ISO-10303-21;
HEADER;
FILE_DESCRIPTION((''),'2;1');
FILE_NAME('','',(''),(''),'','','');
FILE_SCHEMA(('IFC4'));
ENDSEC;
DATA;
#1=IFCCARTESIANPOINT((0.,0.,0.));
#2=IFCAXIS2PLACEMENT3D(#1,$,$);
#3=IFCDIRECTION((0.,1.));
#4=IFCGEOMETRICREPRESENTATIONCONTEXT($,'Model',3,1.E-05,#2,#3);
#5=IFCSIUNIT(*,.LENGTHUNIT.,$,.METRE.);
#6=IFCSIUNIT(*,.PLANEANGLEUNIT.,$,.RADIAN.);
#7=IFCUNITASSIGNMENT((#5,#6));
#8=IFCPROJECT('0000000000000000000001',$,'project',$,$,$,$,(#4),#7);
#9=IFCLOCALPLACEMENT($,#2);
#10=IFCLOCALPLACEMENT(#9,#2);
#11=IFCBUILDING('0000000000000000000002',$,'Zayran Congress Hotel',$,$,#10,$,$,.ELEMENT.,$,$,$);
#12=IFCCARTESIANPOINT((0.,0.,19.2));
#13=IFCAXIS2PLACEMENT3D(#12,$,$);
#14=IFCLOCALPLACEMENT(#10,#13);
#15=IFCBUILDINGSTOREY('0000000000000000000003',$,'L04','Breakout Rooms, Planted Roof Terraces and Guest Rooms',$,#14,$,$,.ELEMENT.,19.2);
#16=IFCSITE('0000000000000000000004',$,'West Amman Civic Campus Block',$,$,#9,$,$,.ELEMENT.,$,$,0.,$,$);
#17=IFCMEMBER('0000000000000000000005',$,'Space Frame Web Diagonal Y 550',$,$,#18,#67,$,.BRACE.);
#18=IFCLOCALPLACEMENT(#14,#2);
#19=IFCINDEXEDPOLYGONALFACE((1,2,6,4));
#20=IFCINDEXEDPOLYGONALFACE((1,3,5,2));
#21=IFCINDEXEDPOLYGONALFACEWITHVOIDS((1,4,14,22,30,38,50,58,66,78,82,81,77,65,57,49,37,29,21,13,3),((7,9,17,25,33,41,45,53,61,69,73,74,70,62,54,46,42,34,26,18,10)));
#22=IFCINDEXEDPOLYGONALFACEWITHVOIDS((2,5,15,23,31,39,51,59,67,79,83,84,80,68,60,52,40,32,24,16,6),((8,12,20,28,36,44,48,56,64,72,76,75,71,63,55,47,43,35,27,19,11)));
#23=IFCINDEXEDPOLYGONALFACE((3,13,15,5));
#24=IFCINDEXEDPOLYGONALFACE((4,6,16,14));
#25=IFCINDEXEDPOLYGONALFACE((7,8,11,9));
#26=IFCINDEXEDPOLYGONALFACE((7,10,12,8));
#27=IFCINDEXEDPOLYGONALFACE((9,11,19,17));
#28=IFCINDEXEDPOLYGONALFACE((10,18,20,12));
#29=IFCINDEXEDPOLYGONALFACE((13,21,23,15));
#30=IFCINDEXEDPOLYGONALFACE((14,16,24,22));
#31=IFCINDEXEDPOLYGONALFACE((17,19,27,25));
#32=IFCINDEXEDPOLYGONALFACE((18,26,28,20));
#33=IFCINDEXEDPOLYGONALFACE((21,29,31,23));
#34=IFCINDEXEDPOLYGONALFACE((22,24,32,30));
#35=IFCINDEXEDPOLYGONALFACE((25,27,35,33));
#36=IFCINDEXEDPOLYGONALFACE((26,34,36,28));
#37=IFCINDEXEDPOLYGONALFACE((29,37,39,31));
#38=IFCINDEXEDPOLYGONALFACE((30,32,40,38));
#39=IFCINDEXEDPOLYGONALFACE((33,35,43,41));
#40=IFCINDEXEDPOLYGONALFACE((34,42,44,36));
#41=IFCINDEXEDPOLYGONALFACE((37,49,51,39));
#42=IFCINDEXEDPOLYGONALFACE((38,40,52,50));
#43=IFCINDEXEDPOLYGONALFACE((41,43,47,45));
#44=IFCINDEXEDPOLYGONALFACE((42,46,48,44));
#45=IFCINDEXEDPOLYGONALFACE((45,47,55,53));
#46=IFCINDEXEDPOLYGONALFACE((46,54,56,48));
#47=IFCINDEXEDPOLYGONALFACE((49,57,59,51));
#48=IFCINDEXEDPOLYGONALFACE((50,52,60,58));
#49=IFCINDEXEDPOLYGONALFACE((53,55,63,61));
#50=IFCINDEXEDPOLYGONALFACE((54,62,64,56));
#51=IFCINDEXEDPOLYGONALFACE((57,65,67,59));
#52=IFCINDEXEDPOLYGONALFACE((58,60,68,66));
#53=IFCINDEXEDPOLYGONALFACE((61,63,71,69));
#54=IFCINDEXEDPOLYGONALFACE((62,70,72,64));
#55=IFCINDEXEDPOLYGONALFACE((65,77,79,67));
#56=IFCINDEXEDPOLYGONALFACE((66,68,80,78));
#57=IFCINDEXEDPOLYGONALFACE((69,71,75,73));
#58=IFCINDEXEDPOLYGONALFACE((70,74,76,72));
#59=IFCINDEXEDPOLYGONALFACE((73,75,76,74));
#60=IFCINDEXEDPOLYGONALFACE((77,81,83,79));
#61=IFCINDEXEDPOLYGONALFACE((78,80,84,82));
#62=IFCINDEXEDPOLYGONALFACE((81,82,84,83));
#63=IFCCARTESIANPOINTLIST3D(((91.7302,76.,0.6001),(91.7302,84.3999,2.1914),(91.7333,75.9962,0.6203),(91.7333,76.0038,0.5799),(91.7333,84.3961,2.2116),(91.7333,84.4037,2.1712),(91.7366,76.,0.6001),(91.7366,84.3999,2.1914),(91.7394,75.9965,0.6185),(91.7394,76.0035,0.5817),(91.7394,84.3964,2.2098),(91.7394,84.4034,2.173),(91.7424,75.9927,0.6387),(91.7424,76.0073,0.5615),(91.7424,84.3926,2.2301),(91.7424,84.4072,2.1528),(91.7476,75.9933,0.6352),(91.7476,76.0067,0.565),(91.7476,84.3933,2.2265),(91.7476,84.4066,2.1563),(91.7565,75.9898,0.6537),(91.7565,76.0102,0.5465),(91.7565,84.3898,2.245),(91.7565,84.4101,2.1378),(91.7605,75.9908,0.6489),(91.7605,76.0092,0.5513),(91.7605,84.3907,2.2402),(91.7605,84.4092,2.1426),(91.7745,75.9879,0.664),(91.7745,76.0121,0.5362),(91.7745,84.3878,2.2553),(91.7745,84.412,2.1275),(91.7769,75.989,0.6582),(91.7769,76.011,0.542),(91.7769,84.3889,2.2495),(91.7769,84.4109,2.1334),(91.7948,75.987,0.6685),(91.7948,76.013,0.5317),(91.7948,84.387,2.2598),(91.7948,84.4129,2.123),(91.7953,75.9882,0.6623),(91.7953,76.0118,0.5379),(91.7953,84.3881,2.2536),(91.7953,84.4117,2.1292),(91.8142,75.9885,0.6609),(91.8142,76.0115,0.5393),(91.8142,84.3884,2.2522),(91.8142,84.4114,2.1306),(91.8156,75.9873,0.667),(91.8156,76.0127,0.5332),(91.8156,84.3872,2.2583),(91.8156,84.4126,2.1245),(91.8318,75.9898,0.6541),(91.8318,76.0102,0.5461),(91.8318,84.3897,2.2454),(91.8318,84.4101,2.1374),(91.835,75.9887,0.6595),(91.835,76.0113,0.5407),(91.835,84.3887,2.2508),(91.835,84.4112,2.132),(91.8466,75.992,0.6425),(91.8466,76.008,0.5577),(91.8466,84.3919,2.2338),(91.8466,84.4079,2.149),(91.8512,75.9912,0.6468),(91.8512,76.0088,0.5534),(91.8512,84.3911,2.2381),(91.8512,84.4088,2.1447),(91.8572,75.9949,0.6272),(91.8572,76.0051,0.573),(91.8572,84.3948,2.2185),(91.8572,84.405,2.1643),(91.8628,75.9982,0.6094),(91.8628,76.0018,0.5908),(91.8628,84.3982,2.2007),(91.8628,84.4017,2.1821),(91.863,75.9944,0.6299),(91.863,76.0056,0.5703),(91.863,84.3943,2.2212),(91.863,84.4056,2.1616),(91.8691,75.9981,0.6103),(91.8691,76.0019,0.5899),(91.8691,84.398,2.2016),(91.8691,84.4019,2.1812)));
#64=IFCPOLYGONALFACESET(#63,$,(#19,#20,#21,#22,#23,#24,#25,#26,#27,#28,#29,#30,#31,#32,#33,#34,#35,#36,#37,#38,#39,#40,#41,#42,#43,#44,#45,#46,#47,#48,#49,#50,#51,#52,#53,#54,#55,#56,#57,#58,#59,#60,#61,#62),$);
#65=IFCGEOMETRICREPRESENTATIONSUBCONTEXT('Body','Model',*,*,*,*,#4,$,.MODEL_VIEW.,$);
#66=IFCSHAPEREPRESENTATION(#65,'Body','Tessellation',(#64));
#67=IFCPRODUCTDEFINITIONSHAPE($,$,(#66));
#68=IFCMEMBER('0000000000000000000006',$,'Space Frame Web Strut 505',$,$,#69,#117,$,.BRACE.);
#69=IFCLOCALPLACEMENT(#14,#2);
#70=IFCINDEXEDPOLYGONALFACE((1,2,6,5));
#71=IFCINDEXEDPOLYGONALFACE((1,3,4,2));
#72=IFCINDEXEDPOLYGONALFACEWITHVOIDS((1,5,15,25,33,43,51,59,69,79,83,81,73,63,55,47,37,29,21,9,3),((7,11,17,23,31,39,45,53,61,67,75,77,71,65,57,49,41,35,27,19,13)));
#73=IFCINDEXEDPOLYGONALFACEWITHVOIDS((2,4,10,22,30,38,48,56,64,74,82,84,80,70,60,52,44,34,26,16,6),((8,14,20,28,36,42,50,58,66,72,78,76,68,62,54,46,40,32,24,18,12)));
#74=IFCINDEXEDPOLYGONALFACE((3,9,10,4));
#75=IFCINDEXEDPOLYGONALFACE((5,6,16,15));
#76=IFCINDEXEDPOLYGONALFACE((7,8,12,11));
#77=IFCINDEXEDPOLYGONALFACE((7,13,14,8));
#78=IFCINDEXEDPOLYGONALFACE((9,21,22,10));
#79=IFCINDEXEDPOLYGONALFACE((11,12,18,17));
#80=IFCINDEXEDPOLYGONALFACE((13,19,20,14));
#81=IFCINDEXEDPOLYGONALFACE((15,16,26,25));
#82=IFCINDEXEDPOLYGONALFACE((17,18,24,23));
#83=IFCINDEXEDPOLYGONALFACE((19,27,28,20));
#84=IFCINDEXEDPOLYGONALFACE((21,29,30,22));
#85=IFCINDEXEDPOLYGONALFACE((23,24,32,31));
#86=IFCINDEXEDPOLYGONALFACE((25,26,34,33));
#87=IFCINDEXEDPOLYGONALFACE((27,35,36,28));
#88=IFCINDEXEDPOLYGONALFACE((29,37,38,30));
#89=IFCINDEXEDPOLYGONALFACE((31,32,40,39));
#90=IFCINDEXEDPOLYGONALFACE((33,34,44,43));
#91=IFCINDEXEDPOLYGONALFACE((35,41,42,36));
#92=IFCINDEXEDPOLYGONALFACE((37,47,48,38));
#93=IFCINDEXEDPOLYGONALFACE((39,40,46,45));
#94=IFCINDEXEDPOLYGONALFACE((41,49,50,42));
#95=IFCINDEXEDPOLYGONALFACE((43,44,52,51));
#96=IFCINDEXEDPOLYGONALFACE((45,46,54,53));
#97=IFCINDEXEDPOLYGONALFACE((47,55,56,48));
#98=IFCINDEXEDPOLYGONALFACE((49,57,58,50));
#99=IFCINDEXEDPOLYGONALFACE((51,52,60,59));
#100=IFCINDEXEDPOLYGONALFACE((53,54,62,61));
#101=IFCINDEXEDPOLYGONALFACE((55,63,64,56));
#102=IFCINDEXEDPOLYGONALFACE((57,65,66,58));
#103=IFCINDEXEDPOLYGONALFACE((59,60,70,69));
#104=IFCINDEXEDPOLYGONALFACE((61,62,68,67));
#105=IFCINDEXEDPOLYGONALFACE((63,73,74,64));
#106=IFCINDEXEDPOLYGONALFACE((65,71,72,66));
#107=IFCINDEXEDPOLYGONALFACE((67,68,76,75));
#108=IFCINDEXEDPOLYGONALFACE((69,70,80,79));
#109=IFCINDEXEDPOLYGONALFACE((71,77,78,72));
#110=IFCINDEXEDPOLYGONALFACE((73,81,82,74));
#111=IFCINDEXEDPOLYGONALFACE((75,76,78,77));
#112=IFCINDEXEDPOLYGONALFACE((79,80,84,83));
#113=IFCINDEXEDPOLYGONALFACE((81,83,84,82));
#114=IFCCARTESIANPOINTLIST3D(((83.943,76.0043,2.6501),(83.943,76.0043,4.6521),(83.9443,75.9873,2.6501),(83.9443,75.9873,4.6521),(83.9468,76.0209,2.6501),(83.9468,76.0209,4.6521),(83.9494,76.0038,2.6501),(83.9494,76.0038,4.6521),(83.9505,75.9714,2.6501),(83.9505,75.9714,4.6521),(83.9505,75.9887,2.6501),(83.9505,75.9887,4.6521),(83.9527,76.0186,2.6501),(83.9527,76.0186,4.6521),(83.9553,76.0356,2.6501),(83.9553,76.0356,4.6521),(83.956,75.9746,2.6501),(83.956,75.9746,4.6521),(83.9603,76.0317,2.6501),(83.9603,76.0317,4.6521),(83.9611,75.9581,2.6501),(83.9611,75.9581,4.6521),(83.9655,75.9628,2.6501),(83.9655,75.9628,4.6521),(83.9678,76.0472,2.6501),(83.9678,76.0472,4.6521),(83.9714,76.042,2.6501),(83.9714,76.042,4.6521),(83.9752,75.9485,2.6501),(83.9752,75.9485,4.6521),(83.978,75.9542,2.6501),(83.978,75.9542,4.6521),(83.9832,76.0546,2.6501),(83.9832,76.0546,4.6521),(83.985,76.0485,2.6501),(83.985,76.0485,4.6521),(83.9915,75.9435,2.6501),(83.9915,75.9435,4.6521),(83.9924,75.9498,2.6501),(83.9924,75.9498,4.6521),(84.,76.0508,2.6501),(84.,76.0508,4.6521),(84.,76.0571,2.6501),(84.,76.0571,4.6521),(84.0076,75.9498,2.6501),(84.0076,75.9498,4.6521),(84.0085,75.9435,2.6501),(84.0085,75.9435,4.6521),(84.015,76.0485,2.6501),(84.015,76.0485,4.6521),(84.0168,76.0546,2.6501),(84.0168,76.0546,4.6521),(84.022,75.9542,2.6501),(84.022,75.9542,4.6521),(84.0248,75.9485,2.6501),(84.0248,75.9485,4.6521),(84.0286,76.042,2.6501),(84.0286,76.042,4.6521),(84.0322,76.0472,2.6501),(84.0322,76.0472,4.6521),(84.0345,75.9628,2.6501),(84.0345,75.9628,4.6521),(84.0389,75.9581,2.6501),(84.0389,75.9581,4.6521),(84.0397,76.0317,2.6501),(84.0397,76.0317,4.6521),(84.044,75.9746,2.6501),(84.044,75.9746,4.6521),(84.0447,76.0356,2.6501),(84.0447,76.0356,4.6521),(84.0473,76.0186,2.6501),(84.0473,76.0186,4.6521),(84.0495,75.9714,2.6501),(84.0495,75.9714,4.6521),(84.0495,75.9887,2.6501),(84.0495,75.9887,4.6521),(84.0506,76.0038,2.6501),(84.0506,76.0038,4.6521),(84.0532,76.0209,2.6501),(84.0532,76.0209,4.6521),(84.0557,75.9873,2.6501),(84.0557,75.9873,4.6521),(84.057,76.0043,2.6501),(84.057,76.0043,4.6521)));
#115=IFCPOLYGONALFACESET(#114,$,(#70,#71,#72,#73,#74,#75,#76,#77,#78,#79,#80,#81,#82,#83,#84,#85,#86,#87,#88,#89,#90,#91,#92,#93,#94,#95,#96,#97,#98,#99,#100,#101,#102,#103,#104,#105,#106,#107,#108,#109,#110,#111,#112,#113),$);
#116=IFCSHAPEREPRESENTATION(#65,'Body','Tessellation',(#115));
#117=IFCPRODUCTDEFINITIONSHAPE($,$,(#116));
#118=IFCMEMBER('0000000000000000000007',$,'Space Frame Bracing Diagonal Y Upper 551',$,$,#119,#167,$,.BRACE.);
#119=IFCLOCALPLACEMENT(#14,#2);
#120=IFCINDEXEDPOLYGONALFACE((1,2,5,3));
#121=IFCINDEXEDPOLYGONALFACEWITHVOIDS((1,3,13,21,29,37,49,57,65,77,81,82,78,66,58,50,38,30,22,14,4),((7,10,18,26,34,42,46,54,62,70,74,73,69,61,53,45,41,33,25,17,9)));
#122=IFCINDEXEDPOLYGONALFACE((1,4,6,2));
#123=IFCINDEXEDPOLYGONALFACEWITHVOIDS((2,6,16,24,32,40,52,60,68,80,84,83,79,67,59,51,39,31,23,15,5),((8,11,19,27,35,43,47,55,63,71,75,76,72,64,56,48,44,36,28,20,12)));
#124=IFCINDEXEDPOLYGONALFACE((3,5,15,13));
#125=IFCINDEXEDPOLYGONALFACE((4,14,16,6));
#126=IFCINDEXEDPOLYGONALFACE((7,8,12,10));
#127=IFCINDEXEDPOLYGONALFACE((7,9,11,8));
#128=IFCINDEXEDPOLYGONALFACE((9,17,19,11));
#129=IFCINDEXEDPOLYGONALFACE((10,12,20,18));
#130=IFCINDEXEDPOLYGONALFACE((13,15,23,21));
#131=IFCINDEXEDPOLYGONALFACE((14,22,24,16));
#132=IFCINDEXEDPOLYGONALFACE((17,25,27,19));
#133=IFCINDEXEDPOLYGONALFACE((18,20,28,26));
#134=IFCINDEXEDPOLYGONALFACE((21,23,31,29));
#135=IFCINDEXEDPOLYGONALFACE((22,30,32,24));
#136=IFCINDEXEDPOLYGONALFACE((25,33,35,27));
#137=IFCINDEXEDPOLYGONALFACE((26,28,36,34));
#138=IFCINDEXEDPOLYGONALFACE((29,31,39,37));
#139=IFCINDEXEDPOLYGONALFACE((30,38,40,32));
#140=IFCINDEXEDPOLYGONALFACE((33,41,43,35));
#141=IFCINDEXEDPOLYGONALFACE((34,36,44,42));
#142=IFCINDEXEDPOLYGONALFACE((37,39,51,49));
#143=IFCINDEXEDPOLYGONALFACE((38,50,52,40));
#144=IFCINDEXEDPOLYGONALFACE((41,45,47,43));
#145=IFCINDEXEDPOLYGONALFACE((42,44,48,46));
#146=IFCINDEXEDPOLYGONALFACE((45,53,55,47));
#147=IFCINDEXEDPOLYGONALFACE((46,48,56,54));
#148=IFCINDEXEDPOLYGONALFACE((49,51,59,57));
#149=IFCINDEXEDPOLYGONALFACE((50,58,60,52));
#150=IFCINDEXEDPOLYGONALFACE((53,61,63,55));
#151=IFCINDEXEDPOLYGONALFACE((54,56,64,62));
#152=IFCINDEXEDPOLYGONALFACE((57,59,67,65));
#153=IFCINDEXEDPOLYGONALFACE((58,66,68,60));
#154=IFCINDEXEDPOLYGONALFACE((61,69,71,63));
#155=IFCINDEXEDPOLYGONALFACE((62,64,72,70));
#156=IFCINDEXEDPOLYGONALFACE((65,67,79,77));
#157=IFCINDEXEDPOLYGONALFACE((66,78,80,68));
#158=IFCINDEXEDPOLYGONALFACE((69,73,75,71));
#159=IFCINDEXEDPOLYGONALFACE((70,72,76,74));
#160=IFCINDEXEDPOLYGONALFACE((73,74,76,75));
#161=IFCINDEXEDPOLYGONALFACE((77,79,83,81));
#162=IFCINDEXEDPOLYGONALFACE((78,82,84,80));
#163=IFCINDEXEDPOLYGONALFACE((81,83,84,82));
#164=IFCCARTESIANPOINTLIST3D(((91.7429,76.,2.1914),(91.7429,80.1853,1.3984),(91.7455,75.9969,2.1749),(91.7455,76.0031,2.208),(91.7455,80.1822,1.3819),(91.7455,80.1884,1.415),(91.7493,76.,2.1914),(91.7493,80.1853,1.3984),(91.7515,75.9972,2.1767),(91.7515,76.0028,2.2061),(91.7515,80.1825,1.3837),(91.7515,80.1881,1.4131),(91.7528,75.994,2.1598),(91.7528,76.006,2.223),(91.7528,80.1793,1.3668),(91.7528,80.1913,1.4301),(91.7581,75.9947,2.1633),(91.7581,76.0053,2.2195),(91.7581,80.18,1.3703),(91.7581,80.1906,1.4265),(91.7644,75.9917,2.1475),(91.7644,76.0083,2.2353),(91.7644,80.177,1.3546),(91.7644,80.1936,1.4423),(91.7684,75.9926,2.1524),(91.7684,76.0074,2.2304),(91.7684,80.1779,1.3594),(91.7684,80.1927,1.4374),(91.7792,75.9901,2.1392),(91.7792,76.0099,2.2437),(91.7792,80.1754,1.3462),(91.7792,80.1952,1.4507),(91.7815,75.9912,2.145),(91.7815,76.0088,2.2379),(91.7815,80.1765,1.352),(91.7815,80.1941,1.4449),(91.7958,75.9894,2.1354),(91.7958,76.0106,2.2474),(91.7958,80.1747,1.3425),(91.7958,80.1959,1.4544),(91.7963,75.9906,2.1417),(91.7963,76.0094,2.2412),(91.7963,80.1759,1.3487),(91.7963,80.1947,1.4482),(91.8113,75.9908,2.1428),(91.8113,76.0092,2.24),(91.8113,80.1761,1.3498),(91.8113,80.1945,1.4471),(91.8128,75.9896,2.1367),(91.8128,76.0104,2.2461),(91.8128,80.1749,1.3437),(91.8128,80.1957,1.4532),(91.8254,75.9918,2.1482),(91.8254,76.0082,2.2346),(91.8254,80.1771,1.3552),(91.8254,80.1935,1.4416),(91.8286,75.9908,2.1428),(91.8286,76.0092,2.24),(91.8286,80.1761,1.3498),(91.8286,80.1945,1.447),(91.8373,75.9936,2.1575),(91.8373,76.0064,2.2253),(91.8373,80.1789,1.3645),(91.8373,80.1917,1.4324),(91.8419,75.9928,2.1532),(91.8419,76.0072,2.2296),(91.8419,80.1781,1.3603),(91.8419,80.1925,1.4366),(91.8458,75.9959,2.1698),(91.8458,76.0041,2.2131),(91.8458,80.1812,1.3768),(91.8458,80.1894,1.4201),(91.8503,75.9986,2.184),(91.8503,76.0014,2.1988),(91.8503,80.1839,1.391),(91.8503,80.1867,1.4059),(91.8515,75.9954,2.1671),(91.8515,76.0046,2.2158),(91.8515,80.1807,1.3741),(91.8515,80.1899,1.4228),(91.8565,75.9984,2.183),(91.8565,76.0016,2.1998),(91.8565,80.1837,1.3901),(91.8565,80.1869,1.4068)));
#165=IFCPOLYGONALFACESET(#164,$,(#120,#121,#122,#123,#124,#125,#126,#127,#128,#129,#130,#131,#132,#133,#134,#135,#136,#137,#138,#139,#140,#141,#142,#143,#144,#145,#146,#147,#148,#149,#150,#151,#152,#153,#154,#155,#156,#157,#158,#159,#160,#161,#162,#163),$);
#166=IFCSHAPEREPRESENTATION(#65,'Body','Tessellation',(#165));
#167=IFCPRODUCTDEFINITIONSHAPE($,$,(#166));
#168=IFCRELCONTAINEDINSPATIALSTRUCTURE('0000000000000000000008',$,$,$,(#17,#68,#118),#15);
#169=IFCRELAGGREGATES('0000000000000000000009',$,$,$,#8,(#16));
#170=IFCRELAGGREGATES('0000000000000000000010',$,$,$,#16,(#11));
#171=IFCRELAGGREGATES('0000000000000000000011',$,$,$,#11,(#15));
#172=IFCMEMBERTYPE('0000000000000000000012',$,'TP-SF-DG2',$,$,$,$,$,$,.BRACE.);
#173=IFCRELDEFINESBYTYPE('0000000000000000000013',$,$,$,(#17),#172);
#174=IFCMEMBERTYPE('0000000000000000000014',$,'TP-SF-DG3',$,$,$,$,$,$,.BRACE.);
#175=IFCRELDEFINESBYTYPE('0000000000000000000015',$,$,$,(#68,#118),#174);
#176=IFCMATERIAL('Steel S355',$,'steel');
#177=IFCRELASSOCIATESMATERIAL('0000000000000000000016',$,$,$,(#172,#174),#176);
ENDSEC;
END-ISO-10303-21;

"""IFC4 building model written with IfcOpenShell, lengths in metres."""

from ifc_helpers import new_model, si_unit, direction, frame, origin, origin_2d, place, context, subcontext, project, spatial, hollow_circle, extrude, material, material_profile, profile_set, type_object, element, save


model = new_model("IFC4")

# Units and contexts
model_context = context("Model", 3, precision=1e-05, world=origin(), true_north=direction((0.0, 1.0)))
body_context = subcontext(model_context, "Body", "Model", "MODEL_VIEW")
ifc_project = project(units=[si_unit("LENGTHUNIT", "METRE"), si_unit("PLANEANGLEUNIT", "RADIAN")], contexts=[model_context])

# Site, building, storey
site_placement = place(None, origin())
site = spatial("IfcSite", under=ifc_project, at=site_placement, Name="West Amman Civic Campus Block", CompositionType="ELEMENT", RefElevation=0.0)
building_placement = place(site_placement, origin())
building = spatial("IfcBuilding", under=site, at=building_placement, Name="Zayran Congress Hotel", CompositionType="ELEMENT")
storey_placement = place(building_placement, frame((0.0, 0.0, 19.2)))
storey = spatial("IfcBuildingStorey", under=building, at=storey_placement, Name="L04", Description="Breakout Rooms, Planted Roof Terraces and Guest Rooms", CompositionType="ELEMENT", Elevation=19.2)

# Shared definitions
ifc_material = material(Name="Steel S355", Category="steel")

# Members
ifc_material_profile_1 = material_profile(ifc_material, hollow_circle(Radius=0.0698, WallThickness=0.0063, at=origin_2d()), Name="CHS 139.7x6.3")
ifc_profile_set_1 = profile_set([ifc_material_profile_1], Name="Steel S355")
member_type_1 = type_object("IfcMemberType", Name="TP-SF-DG2", PredefinedType="BRACE", material=ifc_profile_set_1)
member_1_placement = place(storey_placement, frame((91.8, 76.0, 0.6001), z_axis=(0.0, 0.982525, 0.186133), x_axis=(-1.0, 0.0, 0.0)))
element("IfcMember", 1, at=member_1_placement, inside=storey, type_object=member_type_1, Name="Space Frame Web Diagonal Y 550", PredefinedType="BRACE", context=body_context, shape_type="SweptSolid", body=[
    extrude(hollow_circle(Radius=0.0698, WallThickness=0.0063, at=origin_2d()), origin(), (0.0, 0.0, 1.0), 8.5493),
])
ifc_material_profile_2 = material_profile(ifc_material, hollow_circle(Radius=0.0571, WallThickness=0.0063, at=origin_2d()), Name="CHS 114.3x6.3")
ifc_profile_set_2 = profile_set([ifc_material_profile_2], Name="Steel S355")
member_type_2 = type_object("IfcMemberType", Name="TP-SF-DG3", PredefinedType="BRACE", material=ifc_profile_set_2)
member_2_placement = place(storey_placement, frame((84.0, 76.0, 2.6501), z_axis=(0.0, 0.0, 1.0), x_axis=(0.0, 1.0, 0.0)))
element("IfcMember", 2, at=member_2_placement, inside=storey, type_object=member_type_2, Name="Space Frame Web Strut 505", PredefinedType="BRACE", context=body_context, shape_type="SweptSolid", body=[
    extrude(hollow_circle(Radius=0.0571, WallThickness=0.0063, at=origin_2d()), origin(), (0.0, 0.0, 1.0), 2.002),
])
for number, where, z_axis, x_axis, name in (
    (3, (91.8, 76.0, 2.1914), (0.0, 0.982521, -0.186153), (-1.0, 0.0, 0.0), "Space Frame Bracing Diagonal Y Upper 551"),
):
    element("IfcMember", number, at=place(storey_placement, frame(where, z_axis=z_axis, x_axis=x_axis)), inside=storey, type_object=member_type_2, Name=name, PredefinedType="BRACE", context=body_context, shape_type="SweptSolid", body=[
        extrude(hollow_circle(Radius=0.0571, WallThickness=0.0063, at=origin_2d()), origin(), (0.0, 0.0, 1.0), 4.2598),
    ])

save(model, "model.ifc")
